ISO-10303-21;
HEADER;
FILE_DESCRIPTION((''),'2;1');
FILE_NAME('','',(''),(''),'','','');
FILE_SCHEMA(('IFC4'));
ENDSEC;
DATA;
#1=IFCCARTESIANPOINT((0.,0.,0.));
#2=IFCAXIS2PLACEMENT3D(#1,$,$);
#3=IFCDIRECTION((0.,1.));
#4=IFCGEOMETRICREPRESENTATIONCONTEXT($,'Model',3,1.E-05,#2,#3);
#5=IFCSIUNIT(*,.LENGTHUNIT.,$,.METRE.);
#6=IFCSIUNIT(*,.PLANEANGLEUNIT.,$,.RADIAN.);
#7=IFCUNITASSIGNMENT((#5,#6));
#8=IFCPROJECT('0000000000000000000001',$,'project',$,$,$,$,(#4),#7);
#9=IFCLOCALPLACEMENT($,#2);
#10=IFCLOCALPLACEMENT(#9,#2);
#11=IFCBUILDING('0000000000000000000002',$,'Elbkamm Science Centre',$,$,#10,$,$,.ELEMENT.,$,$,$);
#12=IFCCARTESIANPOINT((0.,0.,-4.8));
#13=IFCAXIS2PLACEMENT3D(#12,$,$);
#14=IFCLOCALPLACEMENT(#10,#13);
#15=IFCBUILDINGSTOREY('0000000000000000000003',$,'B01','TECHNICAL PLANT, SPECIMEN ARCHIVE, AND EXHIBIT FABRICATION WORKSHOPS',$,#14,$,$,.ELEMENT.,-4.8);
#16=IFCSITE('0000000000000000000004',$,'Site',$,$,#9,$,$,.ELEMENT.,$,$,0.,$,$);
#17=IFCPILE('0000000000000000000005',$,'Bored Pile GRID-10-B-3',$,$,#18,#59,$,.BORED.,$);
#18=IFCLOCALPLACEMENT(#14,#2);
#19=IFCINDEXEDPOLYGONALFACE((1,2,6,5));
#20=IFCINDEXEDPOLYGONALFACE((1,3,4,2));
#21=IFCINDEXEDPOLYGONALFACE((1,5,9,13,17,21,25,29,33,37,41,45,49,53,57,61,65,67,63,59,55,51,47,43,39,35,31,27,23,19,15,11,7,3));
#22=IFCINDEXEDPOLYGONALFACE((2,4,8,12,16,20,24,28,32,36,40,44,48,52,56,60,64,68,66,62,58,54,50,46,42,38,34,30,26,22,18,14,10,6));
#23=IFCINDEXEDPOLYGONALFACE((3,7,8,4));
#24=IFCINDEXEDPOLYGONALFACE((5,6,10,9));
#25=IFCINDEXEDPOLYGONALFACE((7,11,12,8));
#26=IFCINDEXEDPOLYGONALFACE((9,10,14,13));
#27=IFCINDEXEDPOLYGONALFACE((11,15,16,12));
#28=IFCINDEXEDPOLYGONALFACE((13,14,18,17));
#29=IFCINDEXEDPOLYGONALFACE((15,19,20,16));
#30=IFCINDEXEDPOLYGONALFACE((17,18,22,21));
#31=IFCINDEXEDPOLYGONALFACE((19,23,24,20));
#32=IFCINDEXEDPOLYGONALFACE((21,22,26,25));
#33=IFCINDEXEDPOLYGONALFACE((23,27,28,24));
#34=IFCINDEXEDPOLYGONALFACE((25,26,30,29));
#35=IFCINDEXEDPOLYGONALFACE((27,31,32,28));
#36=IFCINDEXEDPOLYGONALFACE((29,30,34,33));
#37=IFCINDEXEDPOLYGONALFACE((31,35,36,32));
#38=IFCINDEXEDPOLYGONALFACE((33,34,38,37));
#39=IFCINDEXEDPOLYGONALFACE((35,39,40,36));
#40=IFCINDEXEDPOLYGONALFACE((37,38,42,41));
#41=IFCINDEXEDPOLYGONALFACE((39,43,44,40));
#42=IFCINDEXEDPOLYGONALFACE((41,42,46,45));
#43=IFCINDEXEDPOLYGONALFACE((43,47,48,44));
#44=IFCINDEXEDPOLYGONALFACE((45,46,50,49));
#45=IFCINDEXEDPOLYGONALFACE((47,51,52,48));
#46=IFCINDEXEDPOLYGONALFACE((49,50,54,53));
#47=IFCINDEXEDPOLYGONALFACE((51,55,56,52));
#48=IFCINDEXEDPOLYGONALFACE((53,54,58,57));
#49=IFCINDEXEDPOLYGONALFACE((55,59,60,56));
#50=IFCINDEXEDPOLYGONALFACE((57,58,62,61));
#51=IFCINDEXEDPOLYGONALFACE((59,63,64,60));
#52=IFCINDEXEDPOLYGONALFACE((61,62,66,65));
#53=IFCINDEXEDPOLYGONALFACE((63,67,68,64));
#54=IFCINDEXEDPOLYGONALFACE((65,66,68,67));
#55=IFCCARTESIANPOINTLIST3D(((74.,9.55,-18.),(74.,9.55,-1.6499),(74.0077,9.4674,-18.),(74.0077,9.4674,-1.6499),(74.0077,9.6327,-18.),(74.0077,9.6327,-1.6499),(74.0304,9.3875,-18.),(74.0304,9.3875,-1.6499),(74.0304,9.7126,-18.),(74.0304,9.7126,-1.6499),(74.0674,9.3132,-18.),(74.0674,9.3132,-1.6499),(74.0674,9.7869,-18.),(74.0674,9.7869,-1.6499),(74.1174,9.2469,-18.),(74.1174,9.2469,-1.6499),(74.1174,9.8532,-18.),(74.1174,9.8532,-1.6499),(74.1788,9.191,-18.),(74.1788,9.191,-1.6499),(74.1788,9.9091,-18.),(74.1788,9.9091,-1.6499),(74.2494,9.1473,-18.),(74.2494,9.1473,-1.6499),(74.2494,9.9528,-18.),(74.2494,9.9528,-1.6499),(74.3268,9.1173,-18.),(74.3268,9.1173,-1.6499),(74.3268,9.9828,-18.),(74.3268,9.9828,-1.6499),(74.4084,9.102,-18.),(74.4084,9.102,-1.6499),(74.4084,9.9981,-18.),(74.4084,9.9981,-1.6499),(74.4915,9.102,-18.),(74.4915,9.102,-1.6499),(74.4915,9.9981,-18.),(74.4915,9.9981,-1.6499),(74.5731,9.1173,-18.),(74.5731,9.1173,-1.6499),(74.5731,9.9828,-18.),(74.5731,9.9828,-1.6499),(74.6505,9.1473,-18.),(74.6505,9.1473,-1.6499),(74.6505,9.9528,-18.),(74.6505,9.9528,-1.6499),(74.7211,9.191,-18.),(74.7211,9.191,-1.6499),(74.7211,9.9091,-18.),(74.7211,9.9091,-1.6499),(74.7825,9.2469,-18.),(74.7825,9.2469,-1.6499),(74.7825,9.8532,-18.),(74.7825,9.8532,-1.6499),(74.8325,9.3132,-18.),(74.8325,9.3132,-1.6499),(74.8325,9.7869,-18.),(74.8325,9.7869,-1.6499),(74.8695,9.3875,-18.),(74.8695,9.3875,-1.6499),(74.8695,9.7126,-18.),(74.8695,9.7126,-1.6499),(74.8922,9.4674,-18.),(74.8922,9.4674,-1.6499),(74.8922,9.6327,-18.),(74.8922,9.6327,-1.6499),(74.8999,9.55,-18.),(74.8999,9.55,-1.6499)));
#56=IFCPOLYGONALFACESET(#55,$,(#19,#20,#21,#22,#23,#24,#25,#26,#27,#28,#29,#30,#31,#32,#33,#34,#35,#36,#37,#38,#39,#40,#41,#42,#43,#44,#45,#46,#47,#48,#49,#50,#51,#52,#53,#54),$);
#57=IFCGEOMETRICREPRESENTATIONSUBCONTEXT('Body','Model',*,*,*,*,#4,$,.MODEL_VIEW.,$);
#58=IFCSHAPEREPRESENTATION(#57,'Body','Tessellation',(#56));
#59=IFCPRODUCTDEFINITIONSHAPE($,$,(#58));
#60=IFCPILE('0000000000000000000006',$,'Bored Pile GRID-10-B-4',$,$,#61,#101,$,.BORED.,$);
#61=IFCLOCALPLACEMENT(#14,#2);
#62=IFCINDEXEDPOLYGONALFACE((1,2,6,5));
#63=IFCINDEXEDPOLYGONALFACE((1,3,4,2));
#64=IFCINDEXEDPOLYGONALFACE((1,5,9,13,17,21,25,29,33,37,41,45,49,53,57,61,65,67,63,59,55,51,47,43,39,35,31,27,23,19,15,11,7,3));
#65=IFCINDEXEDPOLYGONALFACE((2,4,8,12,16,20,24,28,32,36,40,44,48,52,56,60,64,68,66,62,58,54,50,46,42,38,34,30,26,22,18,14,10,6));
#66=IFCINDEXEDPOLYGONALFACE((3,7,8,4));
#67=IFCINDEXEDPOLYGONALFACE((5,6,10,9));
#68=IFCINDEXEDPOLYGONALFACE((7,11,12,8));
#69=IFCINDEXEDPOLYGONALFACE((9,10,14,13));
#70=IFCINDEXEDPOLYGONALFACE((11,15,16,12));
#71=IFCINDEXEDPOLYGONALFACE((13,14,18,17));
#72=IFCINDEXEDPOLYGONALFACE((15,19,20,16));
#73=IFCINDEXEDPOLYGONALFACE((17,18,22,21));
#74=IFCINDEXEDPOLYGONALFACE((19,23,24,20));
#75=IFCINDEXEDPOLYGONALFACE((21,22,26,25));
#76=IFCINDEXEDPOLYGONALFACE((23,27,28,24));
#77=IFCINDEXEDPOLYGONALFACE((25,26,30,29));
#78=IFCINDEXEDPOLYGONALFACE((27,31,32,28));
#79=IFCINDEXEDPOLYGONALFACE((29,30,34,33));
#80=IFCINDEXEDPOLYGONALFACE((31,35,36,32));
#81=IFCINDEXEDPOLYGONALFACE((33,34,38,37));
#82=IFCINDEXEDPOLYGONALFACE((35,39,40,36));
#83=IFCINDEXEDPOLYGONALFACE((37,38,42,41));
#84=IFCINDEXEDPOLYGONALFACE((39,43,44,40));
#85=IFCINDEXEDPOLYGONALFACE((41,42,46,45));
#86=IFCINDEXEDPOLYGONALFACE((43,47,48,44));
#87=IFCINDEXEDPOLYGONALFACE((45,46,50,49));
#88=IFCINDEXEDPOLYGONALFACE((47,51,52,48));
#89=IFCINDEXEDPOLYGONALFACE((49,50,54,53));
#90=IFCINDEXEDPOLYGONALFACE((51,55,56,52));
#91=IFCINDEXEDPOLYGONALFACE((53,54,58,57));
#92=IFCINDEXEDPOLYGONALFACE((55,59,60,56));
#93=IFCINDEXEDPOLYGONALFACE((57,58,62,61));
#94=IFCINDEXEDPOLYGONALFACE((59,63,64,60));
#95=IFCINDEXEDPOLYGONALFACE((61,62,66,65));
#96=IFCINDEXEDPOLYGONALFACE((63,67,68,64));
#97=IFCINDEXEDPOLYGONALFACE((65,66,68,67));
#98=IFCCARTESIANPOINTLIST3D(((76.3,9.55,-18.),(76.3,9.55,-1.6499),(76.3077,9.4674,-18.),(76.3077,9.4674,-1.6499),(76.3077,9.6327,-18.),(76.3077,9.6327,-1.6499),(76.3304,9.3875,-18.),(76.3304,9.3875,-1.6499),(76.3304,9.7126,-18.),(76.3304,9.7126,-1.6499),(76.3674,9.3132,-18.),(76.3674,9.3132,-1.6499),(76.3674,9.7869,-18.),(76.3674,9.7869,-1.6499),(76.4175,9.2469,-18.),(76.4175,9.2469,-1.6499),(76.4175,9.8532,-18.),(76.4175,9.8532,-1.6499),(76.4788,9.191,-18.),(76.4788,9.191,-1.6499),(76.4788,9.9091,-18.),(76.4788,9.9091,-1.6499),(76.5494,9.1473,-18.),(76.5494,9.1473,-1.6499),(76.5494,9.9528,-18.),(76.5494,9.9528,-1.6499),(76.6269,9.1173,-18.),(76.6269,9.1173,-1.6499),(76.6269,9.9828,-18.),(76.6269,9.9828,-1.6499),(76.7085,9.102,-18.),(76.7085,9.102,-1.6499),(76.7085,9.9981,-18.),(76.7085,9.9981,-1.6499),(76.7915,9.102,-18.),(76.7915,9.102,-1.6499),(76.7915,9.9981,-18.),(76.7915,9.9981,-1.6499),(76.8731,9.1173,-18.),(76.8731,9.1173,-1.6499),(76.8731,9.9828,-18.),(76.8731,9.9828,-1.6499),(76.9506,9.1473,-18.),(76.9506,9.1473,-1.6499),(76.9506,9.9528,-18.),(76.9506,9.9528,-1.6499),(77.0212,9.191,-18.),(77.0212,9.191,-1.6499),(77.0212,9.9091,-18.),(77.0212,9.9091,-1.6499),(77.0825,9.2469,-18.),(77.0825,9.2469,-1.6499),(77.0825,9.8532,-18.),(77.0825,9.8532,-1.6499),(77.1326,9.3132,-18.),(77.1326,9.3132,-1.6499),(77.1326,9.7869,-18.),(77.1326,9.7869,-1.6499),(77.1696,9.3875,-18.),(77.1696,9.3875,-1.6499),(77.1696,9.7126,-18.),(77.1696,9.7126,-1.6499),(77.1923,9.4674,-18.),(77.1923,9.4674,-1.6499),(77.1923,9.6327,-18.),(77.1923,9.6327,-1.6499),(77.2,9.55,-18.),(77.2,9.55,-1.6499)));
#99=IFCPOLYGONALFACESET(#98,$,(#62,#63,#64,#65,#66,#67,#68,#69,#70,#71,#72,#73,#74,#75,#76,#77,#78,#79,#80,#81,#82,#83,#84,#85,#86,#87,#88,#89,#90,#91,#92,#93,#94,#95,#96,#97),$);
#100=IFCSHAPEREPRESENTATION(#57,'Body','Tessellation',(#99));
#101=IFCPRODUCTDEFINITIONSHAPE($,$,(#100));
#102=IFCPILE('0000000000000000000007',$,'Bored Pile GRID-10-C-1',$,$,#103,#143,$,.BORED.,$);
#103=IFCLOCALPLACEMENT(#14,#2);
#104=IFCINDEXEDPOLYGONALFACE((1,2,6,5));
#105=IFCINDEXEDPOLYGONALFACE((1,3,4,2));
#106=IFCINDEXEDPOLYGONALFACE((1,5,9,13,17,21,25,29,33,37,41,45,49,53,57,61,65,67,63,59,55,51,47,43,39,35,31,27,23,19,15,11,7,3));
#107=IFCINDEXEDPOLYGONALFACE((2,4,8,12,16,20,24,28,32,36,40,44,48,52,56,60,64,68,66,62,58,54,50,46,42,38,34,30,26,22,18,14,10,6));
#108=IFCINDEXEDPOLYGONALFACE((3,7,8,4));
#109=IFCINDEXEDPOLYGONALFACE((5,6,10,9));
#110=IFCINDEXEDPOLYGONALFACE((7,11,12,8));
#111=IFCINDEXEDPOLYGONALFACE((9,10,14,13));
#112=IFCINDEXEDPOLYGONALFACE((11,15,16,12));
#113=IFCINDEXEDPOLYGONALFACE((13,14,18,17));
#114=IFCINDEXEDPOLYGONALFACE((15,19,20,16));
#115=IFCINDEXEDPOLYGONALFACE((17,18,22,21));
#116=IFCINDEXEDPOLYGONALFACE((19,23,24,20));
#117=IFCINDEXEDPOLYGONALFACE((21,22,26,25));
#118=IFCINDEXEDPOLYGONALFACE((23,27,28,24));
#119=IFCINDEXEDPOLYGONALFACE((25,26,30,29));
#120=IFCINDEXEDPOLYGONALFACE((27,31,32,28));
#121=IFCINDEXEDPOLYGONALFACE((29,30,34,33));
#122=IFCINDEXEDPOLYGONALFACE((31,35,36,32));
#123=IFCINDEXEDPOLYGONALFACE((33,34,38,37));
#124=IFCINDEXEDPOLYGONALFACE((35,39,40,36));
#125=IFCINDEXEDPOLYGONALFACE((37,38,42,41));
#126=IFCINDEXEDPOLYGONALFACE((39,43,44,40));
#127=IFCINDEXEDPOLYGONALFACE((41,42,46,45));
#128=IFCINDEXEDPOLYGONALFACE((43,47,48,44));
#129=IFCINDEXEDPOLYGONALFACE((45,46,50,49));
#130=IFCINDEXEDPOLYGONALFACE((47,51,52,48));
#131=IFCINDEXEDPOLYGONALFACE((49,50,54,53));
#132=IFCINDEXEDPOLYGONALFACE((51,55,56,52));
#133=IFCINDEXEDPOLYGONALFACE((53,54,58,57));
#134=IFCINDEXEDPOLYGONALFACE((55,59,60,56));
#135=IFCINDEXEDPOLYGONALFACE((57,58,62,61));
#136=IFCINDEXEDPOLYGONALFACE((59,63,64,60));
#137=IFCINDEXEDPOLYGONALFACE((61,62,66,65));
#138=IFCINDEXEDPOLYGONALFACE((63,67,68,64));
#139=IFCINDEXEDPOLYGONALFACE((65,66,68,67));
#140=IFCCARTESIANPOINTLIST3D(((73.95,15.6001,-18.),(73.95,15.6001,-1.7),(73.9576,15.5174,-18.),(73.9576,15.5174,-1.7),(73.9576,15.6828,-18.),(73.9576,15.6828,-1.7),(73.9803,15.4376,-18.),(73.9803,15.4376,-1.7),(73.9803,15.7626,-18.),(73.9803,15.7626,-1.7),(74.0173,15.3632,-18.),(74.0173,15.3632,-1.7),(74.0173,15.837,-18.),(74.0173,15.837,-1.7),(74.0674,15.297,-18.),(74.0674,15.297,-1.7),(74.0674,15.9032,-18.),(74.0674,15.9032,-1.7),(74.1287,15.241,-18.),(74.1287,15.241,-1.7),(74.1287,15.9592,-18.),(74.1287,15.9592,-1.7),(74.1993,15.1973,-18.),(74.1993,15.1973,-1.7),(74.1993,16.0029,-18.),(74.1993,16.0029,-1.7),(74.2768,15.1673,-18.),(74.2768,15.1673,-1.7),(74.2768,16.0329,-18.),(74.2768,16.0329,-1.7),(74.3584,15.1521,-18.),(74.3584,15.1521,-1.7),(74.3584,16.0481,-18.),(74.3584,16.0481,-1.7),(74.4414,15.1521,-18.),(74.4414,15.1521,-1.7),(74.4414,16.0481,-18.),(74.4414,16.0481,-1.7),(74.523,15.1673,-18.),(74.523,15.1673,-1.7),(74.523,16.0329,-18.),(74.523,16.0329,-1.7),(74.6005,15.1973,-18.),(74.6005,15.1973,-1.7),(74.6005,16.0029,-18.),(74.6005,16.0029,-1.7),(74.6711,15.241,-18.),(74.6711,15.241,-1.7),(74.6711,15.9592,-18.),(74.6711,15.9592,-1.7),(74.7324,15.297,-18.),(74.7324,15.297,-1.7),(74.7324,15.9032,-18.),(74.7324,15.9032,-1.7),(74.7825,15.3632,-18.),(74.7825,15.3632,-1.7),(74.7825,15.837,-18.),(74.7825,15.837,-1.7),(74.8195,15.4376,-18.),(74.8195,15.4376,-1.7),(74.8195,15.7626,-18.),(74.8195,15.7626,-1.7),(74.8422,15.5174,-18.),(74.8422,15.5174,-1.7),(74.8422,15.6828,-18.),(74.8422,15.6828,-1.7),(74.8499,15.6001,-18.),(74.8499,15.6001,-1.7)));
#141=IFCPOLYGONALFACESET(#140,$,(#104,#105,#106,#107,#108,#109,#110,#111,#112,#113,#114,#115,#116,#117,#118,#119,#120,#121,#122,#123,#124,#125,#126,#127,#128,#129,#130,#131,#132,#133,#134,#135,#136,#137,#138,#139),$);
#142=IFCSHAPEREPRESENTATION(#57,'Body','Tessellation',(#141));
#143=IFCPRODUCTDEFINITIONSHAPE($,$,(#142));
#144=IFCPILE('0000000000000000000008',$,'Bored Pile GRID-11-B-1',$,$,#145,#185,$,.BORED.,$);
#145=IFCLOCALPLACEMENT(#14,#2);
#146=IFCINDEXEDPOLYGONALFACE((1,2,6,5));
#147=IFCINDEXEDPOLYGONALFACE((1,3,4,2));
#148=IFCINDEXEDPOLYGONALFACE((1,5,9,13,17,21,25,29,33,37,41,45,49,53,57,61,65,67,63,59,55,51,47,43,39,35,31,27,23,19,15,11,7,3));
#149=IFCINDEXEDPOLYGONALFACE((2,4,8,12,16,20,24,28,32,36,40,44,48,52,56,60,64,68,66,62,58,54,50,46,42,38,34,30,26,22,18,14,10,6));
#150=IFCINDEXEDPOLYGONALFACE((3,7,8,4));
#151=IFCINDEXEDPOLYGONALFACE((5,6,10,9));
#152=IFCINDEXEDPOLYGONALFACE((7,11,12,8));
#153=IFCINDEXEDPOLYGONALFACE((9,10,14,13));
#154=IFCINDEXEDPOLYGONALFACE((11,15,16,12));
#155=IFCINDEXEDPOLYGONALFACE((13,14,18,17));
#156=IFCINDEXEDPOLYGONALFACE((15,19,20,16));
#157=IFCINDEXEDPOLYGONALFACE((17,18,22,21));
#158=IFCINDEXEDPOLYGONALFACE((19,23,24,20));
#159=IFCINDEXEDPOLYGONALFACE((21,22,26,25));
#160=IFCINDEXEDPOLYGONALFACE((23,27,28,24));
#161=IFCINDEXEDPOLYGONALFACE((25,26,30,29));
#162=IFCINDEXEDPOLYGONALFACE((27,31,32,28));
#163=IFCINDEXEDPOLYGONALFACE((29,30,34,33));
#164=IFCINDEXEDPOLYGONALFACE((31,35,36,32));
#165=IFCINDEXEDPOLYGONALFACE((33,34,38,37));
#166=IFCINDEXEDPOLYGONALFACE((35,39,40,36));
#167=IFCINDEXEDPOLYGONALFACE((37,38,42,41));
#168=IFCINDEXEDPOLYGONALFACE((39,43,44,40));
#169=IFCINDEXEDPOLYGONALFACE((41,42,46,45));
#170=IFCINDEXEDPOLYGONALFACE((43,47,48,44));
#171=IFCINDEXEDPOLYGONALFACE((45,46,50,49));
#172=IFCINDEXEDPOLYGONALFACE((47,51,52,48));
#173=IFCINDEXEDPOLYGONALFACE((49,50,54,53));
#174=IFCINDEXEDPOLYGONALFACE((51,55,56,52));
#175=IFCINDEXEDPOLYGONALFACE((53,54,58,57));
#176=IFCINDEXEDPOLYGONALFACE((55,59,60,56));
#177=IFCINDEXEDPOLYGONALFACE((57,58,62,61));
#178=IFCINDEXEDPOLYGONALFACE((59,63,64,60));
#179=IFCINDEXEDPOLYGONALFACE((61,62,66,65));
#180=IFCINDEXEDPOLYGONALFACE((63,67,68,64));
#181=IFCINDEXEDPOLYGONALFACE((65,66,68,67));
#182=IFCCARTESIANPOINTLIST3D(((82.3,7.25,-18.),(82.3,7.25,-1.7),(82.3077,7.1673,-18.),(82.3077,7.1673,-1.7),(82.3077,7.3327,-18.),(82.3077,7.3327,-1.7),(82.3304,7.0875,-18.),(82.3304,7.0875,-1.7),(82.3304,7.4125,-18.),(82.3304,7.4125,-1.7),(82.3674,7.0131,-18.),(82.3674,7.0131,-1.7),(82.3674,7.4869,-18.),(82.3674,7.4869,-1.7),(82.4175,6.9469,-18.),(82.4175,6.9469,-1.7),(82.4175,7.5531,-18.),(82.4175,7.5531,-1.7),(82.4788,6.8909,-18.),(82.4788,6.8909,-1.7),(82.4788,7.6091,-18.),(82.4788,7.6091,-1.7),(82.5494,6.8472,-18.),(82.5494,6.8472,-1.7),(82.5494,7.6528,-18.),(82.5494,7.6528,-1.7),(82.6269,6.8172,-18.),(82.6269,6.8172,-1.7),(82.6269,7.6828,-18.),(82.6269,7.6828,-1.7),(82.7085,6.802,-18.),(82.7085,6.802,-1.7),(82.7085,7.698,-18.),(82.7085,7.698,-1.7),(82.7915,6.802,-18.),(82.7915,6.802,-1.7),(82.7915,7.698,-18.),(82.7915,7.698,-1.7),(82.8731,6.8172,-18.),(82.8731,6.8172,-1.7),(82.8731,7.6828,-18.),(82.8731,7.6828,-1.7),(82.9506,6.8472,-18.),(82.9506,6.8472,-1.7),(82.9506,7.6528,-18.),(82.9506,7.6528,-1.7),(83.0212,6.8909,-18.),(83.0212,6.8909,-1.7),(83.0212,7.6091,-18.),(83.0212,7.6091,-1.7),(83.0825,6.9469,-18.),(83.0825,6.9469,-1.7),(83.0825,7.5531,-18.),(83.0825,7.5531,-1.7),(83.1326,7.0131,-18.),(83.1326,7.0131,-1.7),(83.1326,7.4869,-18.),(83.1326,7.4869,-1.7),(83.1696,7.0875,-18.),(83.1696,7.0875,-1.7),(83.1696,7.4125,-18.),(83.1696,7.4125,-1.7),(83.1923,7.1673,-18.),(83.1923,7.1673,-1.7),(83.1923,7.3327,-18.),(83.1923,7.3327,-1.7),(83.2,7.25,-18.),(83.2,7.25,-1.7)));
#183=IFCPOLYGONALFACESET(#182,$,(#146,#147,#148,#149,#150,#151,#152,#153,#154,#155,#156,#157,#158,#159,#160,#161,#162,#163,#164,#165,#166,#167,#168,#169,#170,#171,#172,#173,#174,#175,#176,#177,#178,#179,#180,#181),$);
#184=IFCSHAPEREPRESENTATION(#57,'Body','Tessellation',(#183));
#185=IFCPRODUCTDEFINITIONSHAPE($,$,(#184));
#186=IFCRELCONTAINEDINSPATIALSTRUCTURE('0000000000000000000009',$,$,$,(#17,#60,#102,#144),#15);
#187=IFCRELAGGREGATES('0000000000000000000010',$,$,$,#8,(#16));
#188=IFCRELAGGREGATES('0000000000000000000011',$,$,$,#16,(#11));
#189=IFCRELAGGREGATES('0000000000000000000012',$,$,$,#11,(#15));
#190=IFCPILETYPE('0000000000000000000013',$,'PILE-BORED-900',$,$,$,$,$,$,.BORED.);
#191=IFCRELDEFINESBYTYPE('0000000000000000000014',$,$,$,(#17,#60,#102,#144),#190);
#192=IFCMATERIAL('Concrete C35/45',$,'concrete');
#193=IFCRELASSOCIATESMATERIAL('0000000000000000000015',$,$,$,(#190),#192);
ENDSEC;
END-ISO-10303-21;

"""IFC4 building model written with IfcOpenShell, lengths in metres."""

from ifc_helpers import new_model, si_unit, direction, frame, origin, origin_2d, place, context, subcontext, project, spatial, circle, extrude, material, material_profile, profile_set, type_object, element, save


model = new_model("IFC4")

# Units and contexts
model_context = context("Model", 3, precision=1e-05, world=origin(), true_north=direction((0.0, 1.0)))
body_context = subcontext(model_context, "Body", "Model", "MODEL_VIEW")
ifc_project = project(units=[si_unit("LENGTHUNIT", "METRE"), si_unit("PLANEANGLEUNIT", "RADIAN")], contexts=[model_context])

# Site, building, storey
site_placement = place(None, origin())
site = spatial("IfcSite", under=ifc_project, at=site_placement, Name="Site", CompositionType="ELEMENT", RefElevation=0.0)
building_placement = place(site_placement, origin())
building = spatial("IfcBuilding", under=site, at=building_placement, Name="Elbkamm Science Centre", CompositionType="ELEMENT")
storey_placement = place(building_placement, frame((0.0, 0.0, -4.8)))
storey = spatial("IfcBuildingStorey", under=building, at=storey_placement, Name="B01", Description="TECHNICAL PLANT, SPECIMEN ARCHIVE, AND EXHIBIT FABRICATION WORKSHOPS", CompositionType="ELEMENT", Elevation=-4.8)

# Shared definitions
ifc_material_1 = material(Name="Concrete C35/45", Category="concrete")

# Piles
ifc_material_profile_1 = material_profile(ifc_material_1, circle(Radius=0.45, at=origin_2d()), Name="PILE D900")
ifc_profile_set_1 = profile_set([ifc_material_profile_1], Name="Concrete C35/45")
pile_type = type_object("IfcPileType", Name="PILE-BORED-900", PredefinedType="BORED", material=ifc_profile_set_1)
for number, where, z_axis, x_axis, name in (
    (1, (74.45, 9.55, -1.6499), (0.0, 0.0, -1.0), (1.0, 0.0, 0.0), "Bored Pile GRID-10-B-3"),
    (2, (76.75, 9.55, -1.6499), (0.0, 0.0, -1.0), (1.0, 0.0, 0.0), "Bored Pile GRID-10-B-4"),
):
    element("IfcPile", number, at=place(storey_placement, frame(where, z_axis=z_axis, x_axis=x_axis)), inside=storey, type_object=pile_type, Name=name, PredefinedType="BORED", context=body_context, shape_type="SweptSolid", body=[
        extrude(circle(Radius=0.45, at=origin_2d()), origin(), (0.0, 0.0, 1.0), 16.3501),
    ])
for number, where, z_axis, x_axis, name in (
    (3, (74.3999, 15.6001, -1.7), (0.0, 0.0, -1.0), (1.0, 0.0, 0.0), "Bored Pile GRID-10-C-1"),
    (4, (82.75, 7.25, -1.7), (0.0, 0.0, -1.0), (1.0, 0.0, 0.0), "Bored Pile GRID-11-B-1"),
):
    element("IfcPile", number, at=place(storey_placement, frame(where, z_axis=z_axis, x_axis=x_axis)), inside=storey, type_object=pile_type, Name=name, PredefinedType="BORED", context=body_context, shape_type="SweptSolid", body=[
        extrude(circle(Radius=0.45, at=origin_2d()), origin(), (0.0, 0.0, 1.0), 16.3),
    ])

save(model, "model.ifc")
